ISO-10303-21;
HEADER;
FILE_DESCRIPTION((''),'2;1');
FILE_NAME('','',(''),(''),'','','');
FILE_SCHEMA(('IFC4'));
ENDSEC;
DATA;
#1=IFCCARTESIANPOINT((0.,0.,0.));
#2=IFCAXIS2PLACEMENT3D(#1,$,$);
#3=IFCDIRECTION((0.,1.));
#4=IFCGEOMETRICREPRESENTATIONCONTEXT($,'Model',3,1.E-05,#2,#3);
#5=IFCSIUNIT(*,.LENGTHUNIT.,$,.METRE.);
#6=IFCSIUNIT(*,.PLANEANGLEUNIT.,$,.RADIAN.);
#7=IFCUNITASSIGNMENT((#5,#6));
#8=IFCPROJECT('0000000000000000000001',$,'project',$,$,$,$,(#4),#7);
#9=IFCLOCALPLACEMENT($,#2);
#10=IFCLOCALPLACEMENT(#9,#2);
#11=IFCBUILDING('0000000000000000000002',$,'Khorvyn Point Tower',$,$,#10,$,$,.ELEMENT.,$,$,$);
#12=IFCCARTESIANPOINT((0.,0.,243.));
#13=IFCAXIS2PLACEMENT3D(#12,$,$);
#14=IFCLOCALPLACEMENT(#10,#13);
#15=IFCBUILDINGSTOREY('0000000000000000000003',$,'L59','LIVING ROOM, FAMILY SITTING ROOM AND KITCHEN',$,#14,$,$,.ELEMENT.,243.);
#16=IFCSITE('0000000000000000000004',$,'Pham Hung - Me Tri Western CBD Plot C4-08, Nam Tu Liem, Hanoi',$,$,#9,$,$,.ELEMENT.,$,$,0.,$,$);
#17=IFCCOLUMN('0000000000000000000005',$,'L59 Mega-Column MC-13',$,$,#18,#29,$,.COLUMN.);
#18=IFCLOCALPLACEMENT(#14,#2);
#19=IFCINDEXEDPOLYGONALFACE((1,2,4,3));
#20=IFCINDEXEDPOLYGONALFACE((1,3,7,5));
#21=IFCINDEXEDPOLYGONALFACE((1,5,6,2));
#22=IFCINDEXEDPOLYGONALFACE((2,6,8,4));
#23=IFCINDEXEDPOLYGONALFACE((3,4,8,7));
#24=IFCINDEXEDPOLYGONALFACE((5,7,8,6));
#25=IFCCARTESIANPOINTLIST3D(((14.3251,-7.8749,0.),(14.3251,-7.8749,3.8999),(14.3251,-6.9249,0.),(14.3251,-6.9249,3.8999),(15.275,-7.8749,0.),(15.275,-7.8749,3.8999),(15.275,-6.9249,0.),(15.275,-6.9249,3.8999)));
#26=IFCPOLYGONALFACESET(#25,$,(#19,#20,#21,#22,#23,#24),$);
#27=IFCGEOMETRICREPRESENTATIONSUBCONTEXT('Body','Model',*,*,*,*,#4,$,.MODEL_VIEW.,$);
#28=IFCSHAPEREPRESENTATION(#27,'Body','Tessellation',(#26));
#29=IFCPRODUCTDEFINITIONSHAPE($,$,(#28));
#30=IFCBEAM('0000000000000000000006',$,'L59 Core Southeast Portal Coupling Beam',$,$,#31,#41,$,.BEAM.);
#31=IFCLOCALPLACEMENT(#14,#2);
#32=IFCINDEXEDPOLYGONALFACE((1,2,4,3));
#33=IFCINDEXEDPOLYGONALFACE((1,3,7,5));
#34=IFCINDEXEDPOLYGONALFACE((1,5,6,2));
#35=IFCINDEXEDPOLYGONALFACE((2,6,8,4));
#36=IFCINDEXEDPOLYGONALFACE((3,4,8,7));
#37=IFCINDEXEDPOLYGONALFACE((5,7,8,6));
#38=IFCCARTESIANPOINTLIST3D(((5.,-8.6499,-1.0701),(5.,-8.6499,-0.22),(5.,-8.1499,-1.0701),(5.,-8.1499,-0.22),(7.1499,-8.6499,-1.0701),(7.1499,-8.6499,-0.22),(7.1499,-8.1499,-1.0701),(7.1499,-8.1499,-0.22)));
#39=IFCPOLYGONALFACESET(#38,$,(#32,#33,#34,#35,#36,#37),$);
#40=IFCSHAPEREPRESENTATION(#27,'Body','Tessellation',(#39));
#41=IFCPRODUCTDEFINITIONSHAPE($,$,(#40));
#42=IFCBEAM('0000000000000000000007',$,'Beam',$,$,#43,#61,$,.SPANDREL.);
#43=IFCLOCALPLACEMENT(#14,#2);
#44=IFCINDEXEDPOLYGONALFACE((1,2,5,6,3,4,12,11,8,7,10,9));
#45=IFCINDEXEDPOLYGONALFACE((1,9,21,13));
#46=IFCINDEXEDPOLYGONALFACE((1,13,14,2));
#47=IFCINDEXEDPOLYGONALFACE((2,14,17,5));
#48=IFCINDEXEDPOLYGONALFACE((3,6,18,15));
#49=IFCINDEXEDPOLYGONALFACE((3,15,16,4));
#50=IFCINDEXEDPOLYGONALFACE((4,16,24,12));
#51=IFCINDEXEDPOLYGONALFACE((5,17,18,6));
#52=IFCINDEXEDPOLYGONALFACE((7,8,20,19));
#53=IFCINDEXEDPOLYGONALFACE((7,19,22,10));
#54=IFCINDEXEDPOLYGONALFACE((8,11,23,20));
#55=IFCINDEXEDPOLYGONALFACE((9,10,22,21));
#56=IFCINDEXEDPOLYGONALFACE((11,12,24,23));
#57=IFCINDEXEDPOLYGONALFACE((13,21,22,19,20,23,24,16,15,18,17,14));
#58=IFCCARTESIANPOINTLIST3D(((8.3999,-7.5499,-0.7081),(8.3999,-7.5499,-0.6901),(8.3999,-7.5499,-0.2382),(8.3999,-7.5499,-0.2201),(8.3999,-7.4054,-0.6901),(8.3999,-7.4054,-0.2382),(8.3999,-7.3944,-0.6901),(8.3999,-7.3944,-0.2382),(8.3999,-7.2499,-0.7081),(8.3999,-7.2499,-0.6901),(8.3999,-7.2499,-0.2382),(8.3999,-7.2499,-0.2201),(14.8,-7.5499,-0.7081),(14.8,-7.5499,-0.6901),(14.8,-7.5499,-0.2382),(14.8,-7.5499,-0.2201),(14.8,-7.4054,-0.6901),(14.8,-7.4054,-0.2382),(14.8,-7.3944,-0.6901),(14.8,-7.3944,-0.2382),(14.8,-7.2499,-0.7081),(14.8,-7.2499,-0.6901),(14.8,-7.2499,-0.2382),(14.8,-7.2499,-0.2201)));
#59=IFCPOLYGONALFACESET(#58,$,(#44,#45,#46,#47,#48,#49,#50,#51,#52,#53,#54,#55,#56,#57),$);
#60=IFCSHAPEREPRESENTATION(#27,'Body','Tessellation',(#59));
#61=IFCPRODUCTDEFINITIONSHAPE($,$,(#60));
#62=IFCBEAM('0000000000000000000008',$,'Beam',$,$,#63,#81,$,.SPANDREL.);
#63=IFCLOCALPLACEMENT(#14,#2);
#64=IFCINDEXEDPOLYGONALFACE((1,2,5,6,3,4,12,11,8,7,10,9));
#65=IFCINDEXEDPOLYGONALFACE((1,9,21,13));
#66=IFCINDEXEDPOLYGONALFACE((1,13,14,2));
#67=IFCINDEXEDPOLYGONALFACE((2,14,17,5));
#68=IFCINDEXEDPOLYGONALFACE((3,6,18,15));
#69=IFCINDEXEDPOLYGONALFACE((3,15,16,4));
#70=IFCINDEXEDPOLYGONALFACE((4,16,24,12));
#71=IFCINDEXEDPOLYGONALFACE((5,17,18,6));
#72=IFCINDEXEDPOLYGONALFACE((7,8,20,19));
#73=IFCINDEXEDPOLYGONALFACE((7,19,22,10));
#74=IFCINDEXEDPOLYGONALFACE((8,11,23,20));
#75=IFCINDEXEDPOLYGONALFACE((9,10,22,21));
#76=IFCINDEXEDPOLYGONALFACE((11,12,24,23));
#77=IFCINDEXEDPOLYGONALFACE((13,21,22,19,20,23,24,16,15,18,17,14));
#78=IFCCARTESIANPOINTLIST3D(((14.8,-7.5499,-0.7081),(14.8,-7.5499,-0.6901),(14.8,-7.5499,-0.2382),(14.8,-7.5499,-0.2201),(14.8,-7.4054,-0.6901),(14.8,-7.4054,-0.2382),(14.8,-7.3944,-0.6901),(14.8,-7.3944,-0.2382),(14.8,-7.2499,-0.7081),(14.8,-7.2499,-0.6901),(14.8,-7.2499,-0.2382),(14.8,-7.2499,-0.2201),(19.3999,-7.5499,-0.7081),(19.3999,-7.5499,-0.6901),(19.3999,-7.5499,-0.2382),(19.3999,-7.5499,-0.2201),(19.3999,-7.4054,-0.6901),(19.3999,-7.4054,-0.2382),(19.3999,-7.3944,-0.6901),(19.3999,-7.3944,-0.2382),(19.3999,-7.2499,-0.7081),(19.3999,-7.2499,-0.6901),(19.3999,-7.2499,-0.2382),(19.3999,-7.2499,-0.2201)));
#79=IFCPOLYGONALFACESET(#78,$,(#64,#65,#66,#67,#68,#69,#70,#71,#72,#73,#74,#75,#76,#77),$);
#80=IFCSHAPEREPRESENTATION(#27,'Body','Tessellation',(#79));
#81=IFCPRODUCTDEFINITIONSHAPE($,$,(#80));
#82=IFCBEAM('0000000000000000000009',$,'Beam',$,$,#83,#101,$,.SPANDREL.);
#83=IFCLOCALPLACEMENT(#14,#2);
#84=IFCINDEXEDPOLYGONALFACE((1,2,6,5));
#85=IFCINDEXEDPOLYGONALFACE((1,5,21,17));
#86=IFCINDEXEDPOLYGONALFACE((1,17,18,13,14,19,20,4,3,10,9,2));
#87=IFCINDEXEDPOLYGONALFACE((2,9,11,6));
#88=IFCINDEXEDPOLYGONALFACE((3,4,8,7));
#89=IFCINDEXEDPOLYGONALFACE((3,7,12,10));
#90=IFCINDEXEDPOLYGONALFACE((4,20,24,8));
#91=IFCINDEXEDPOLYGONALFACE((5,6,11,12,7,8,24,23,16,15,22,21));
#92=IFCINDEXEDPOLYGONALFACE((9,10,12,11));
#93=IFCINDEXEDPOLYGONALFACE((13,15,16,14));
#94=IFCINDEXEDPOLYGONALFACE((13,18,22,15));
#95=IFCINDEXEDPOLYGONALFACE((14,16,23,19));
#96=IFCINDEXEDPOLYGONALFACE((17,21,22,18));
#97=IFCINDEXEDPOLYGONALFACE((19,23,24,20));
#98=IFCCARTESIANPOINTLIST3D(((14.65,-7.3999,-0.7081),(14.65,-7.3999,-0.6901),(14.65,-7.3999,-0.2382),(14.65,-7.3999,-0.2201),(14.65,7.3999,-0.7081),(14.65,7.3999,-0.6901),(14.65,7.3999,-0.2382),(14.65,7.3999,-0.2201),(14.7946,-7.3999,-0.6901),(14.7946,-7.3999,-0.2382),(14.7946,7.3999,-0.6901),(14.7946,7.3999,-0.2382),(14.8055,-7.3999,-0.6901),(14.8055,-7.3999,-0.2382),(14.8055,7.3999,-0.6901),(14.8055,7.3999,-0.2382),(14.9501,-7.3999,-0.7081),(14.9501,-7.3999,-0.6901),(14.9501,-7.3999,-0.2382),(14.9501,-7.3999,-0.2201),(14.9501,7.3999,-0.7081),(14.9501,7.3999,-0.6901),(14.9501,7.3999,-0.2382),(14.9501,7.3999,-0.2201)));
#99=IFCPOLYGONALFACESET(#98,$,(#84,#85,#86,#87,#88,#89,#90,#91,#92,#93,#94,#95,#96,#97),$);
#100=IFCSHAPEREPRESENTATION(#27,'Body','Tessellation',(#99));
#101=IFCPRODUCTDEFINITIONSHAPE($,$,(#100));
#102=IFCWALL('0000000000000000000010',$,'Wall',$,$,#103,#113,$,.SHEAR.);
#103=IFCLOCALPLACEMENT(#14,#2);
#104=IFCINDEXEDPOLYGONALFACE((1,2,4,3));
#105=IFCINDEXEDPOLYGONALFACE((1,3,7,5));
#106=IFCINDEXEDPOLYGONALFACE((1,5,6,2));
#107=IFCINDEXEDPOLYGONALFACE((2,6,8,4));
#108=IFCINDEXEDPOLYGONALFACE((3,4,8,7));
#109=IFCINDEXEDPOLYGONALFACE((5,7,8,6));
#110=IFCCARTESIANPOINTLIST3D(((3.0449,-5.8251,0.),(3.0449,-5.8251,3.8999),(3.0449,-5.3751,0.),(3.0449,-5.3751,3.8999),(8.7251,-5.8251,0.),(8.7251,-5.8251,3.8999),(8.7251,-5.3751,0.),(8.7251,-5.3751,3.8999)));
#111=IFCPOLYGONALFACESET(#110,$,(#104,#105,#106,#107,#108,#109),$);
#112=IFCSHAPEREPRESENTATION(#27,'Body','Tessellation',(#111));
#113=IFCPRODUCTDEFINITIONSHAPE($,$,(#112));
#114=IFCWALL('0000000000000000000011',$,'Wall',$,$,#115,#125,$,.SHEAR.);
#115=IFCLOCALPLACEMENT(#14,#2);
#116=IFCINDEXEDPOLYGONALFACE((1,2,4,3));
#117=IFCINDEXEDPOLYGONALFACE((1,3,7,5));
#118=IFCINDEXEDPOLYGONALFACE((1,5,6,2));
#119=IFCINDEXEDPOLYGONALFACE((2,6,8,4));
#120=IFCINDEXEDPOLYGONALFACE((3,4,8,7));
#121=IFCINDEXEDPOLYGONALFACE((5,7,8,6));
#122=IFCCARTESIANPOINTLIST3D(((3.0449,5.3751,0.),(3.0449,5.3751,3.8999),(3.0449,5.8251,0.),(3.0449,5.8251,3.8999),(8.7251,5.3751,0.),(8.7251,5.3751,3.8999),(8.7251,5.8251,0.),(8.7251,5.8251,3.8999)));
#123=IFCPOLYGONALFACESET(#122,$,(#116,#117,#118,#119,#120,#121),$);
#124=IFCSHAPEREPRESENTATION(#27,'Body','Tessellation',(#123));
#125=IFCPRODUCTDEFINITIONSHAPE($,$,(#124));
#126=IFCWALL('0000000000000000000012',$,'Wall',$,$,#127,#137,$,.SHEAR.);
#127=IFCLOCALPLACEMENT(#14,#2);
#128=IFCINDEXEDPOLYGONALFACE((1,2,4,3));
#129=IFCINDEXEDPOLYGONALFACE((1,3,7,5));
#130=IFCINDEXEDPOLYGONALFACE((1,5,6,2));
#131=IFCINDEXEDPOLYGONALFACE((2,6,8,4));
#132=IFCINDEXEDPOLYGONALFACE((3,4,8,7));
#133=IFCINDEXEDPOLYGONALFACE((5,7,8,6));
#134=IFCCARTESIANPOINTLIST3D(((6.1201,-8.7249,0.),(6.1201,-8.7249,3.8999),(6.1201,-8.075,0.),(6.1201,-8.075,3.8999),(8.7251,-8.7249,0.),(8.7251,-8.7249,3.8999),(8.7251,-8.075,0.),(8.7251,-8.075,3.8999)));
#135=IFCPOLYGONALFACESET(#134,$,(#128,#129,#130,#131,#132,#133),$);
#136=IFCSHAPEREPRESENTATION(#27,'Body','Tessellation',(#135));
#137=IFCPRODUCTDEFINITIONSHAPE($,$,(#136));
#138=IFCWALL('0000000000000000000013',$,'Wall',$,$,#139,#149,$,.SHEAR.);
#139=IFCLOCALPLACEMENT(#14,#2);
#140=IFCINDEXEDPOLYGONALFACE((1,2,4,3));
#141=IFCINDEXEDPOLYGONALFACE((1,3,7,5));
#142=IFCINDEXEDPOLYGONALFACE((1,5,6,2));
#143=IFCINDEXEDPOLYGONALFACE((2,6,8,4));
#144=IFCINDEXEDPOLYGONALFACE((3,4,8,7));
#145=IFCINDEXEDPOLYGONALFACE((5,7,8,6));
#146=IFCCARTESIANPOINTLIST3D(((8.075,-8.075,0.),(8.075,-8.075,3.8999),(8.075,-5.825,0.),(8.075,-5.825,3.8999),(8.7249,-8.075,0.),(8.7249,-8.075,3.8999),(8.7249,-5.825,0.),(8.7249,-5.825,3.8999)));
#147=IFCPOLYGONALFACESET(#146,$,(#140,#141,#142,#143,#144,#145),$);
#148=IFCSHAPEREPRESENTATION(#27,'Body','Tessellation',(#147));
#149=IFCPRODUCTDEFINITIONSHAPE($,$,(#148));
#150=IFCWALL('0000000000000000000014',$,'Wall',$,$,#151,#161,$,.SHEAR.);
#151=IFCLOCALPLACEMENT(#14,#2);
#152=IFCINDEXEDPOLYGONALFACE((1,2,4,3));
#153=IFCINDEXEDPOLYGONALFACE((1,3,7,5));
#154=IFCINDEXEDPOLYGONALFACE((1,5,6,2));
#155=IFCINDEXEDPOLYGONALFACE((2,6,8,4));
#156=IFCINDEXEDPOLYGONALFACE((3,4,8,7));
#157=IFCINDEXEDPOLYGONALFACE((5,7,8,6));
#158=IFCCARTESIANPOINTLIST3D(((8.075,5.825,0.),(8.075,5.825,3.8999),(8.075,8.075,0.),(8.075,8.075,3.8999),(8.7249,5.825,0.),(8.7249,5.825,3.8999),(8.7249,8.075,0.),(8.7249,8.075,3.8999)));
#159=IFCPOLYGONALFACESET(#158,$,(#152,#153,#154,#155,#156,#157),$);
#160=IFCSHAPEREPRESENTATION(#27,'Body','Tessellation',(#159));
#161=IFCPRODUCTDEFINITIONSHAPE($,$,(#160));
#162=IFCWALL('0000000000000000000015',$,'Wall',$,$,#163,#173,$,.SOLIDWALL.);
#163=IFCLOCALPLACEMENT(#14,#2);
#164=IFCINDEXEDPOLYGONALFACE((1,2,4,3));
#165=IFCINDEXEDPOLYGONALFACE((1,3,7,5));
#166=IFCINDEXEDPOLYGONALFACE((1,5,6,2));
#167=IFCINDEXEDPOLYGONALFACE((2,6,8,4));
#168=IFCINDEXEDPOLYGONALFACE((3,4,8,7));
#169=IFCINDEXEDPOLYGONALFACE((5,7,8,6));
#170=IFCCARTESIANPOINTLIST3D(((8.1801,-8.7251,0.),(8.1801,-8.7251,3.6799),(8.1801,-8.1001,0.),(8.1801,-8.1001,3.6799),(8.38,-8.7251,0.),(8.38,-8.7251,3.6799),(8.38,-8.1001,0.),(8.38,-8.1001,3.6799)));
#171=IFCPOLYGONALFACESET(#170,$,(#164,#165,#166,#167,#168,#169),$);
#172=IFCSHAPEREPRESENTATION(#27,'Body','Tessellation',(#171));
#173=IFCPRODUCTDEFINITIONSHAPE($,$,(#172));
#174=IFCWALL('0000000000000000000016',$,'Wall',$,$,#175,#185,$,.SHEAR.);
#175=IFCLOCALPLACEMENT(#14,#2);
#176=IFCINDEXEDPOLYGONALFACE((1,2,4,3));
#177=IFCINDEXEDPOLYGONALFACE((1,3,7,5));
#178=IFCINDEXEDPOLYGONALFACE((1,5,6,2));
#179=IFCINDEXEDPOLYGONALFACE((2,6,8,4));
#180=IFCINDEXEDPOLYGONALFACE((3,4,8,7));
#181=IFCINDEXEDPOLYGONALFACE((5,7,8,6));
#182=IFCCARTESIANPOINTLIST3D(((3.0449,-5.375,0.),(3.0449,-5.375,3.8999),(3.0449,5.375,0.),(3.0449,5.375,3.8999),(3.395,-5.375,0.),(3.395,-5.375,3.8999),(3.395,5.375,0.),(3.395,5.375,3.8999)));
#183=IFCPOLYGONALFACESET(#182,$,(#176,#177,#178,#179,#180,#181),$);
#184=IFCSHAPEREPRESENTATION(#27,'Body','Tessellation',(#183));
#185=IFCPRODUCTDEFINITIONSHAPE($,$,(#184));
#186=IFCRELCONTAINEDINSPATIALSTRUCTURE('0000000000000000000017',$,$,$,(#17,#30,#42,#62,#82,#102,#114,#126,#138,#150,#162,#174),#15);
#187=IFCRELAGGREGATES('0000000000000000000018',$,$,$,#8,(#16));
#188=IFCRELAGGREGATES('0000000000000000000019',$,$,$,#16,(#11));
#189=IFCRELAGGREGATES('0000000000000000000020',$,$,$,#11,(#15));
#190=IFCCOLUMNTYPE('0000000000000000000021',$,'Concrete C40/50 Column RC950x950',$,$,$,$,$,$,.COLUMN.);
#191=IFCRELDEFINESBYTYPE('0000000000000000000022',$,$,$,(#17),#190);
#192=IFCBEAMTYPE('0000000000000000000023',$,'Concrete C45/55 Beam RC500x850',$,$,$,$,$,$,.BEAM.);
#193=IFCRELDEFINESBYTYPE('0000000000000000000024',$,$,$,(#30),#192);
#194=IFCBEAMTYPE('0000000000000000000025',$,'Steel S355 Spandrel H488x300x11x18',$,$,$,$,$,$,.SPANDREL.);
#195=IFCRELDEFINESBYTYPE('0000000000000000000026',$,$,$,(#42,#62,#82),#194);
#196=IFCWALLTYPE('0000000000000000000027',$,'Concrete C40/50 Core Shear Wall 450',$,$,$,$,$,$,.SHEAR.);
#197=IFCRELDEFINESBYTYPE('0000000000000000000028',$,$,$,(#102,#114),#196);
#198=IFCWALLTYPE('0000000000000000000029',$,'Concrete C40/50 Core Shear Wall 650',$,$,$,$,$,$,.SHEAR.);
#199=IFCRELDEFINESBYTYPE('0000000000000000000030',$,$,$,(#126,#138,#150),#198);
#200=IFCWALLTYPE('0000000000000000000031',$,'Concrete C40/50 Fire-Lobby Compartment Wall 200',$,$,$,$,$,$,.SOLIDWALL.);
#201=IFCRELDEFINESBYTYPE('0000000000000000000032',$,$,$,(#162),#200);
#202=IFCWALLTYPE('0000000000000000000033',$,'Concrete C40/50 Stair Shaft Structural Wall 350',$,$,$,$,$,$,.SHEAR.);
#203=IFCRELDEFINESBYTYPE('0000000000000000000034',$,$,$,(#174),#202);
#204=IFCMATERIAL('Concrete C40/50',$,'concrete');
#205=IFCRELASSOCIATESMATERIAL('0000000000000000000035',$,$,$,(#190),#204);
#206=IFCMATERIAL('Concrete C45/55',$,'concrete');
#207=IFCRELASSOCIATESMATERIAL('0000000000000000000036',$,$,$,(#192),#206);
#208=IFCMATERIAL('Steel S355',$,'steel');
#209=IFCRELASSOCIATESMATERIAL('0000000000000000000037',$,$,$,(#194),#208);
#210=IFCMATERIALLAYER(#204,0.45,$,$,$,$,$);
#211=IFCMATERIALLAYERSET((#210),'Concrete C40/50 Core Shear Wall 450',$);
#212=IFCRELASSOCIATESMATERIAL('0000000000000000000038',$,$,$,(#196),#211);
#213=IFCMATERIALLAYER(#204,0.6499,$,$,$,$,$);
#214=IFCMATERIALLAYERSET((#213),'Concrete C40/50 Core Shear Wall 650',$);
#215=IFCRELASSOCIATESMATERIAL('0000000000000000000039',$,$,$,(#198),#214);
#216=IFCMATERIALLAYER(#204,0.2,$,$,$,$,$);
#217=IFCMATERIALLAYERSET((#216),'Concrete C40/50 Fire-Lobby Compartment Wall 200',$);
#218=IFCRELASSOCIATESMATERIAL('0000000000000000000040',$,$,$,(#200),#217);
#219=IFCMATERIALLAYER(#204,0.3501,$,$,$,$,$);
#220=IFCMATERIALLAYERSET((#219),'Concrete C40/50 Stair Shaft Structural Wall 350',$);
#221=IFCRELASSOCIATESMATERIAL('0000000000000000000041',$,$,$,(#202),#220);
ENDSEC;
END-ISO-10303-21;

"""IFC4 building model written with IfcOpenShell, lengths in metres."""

from ifc_helpers import new_model, si_unit, direction, frame, frame_2d, origin, origin_2d, place, context, subcontext, project, spatial, rectangle, i_section, extrude, material, layer, layer_set, material_profile, profile_set, type_object, element, save


model = new_model("IFC4")

# Units and contexts
model_context = context("Model", 3, precision=1e-05, world=origin(), true_north=direction((0.0, 1.0)))
body_context = subcontext(model_context, "Body", "Model", "MODEL_VIEW")
ifc_project = project(units=[si_unit("LENGTHUNIT", "METRE"), si_unit("PLANEANGLEUNIT", "RADIAN")], contexts=[model_context])

# Site, building, storey
site_placement = place(None, origin())
site = spatial("IfcSite", under=ifc_project, at=site_placement, Name="Pham Hung - Me Tri Western CBD Plot C4-08, Nam Tu Liem, Hanoi", CompositionType="ELEMENT", RefElevation=0.0)
building_placement = place(site_placement, origin())
building = spatial("IfcBuilding", under=site, at=building_placement, Name="Khorvyn Point Tower", CompositionType="ELEMENT")
storey_placement = place(building_placement, frame((0.0, 0.0, 243.0)))
storey = spatial("IfcBuildingStorey", under=building, at=storey_placement, Name="L59", Description="LIVING ROOM, FAMILY SITTING ROOM AND KITCHEN", CompositionType="ELEMENT", Elevation=243.0)

# Column
ifc_material_1 = material(Name="Concrete C40/50", Category="concrete")
ifc_material_profile_1 = material_profile(ifc_material_1, rectangle(XDim=0.95, YDim=0.95, at=origin_2d()))
ifc_profile_set_1 = profile_set([ifc_material_profile_1], Name="Concrete C40/50 RC950x950")
column_type = type_object("IfcColumnType", Name="Concrete C40/50 Column RC950x950", PredefinedType="COLUMN", material=ifc_profile_set_1)
column_placement = place(storey_placement, frame((14.8, -7.3999, 0.0), z_axis=(0.0, 0.0, 1.0), x_axis=(1.0, 0.0, 0.0)))
element("IfcColumn", 1, at=column_placement, inside=storey, type_object=column_type, Name="L59 Mega-Column MC-13", PredefinedType="COLUMN", context=body_context, shape_type="SweptSolid", body=[
    extrude(rectangle(XDim=0.95, YDim=0.95, at=origin_2d()), origin(), (0.0, 0.0, 1.0), 3.8999),
])

# Beams
ifc_material_2 = material(Name="Concrete C45/55", Category="concrete")
ifc_material_profile_2 = material_profile(ifc_material_2, rectangle(XDim=0.5, YDim=0.8501, at=origin_2d()))
ifc_profile_set_2 = profile_set([ifc_material_profile_2], Name="Concrete C45/55 RC500x850")
beam_type_1 = type_object("IfcBeamType", Name="Concrete C45/55 Beam RC500x850", PredefinedType="BEAM", material=ifc_profile_set_2)
beam_1_placement = place(storey_placement, frame((5.0, -8.3999, -0.645), z_axis=(1.0, 0.0, 0.0), x_axis=(0.0, 1.0, 0.0)))
element("IfcBeam", 2, at=beam_1_placement, inside=storey, type_object=beam_type_1, Name="L59 Core Southeast Portal Coupling Beam", PredefinedType="BEAM", context=body_context, shape_type="SweptSolid", body=[
    extrude(rectangle(XDim=0.5, YDim=0.8501, at=origin_2d()), origin(), (0.0, 0.0, 1.0), 2.1499),
])
ifc_material_3 = material(Name="Steel S355", Category="steel")
ifc_material_profile_3 = material_profile(ifc_material_3, i_section(OverallWidth=0.3, OverallDepth=0.488, WebThickness=0.011, FlangeThickness=0.0181, at=origin_2d()))
ifc_profile_set_3 = profile_set([ifc_material_profile_3], Name="Steel S355 H488x300x11x18")
beam_type_2 = type_object("IfcBeamType", Name="Steel S355 Spandrel H488x300x11x18", PredefinedType="SPANDREL", material=ifc_profile_set_3)
beam_2_placement = place(storey_placement, frame((8.3999, -7.3999, -0.4641), z_axis=(1.0, 0.0, 0.0), x_axis=(0.0, 1.0, 0.0)))
element("IfcBeam", 3, at=beam_2_placement, inside=storey, type_object=beam_type_2, Name="Beam", PredefinedType="SPANDREL", context=body_context, shape_type="SweptSolid", body=[
    extrude(i_section(OverallWidth=0.3, OverallDepth=0.488, WebThickness=0.011, FlangeThickness=0.0181, at=origin_2d()), origin(), (0.0, 0.0, 1.0), 6.4001),
])
beam_3_placement = place(storey_placement, frame((14.8, -7.3999, -0.4641), z_axis=(1.0, 0.0, 0.0), x_axis=(0.0, 1.0, 0.0)))
element("IfcBeam", 4, at=beam_3_placement, inside=storey, type_object=beam_type_2, Name="Beam", PredefinedType="SPANDREL", context=body_context, shape_type="SweptSolid", body=[
    extrude(i_section(OverallWidth=0.3, OverallDepth=0.488, WebThickness=0.011, FlangeThickness=0.0181, at=origin_2d()), origin(), (0.0, 0.0, 1.0), 4.5999),
])
beam_4_placement = place(storey_placement, frame((14.8, -7.3999, -0.4641), z_axis=(0.0, 1.0, 0.0), x_axis=(-1.0, 0.0, 0.0)))
element("IfcBeam", 5, at=beam_4_placement, inside=storey, type_object=beam_type_2, Name="Beam", PredefinedType="SPANDREL", context=body_context, shape_type="SweptSolid", body=[
    extrude(i_section(OverallWidth=0.3, OverallDepth=0.488, WebThickness=0.011, FlangeThickness=0.0181, at=origin_2d()), origin(), (0.0, 0.0, 1.0), 14.7998),
])

# Walls
ifc_layer_1 = layer(ifc_material_1, 0.45)
ifc_layer_set_1 = layer_set([ifc_layer_1], Name="Concrete C40/50 Core Shear Wall 450")
wall_type_1 = type_object("IfcWallType", Name="Concrete C40/50 Core Shear Wall 450", PredefinedType="SHEAR", material=ifc_layer_set_1)
for number, where, z_axis, x_axis, name in (
    (6, (3.0449, -5.6001, 0.0), (0.0, 0.0, 1.0), (1.0, 0.0, 0.0), "Wall"),
    (7, (3.0449, 5.6001, 0.0), (0.0, 0.0, 1.0), (1.0, 0.0, 0.0), "Wall"),
):
    element("IfcWall", number, at=place(storey_placement, frame(where, z_axis=z_axis, x_axis=x_axis)), inside=storey, type_object=wall_type_1, Name=name, PredefinedType="SHEAR", context=body_context, shape_type="SweptSolid", body=[
        extrude(rectangle(XDim=5.6802, YDim=0.45, at=frame_2d((2.8401, 0.0))), origin(), (0.0, 0.0, 1.0), 3.8999),
    ])
ifc_layer_2 = layer(ifc_material_1, 0.6499)
ifc_layer_set_2 = layer_set([ifc_layer_2], Name="Concrete C40/50 Core Shear Wall 650")
wall_type_2 = type_object("IfcWallType", Name="Concrete C40/50 Core Shear Wall 650", PredefinedType="SHEAR", material=ifc_layer_set_2)
wall_1_placement = place(storey_placement, frame((6.1201, -8.3999, 0.0), z_axis=(0.0, 0.0, 1.0), x_axis=(1.0, 0.0, 0.0)))
element("IfcWall", 8, at=wall_1_placement, inside=storey, type_object=wall_type_2, Name="Wall", PredefinedType="SHEAR", context=body_context, shape_type="SweptSolid", body=[
    extrude(rectangle(XDim=2.605, YDim=0.6499, at=frame_2d((1.3025, 0.0))), origin(), (0.0, 0.0, 1.0), 3.8999),
])
for number, where, z_axis, x_axis, name in (
    (9, (8.3999, -8.075, 0.0), (0.0, 0.0, 1.0), (0.0, 1.0, 0.0), "Wall"),
    (10, (8.3999, 5.825, 0.0), (0.0, 0.0, 1.0), (0.0, 1.0, 0.0), "Wall"),
):
    element("IfcWall", number, at=place(storey_placement, frame(where, z_axis=z_axis, x_axis=x_axis)), inside=storey, type_object=wall_type_2, Name=name, PredefinedType="SHEAR", context=body_context, shape_type="SweptSolid", body=[
        extrude(rectangle(XDim=2.25, YDim=0.6499, at=frame_2d((1.125, 0.0))), origin(), (0.0, 0.0, 1.0), 3.8999),
    ])

# Shared definitions
ifc_layer_3 = layer(ifc_material_1, 0.2)
ifc_layer_set_3 = layer_set([ifc_layer_3], Name="Concrete C40/50 Fire-Lobby Compartment Wall 200")
wall_type_3 = type_object("IfcWallType", Name="Concrete C40/50 Fire-Lobby Compartment Wall 200", PredefinedType="SOLIDWALL", material=ifc_layer_set_3)

# Walls
wall_2_placement = place(storey_placement, frame((8.28, -8.7251, 0.0), z_axis=(0.0, 0.0, 1.0), x_axis=(0.0, 1.0, 0.0)))
element("IfcWall", 11, at=wall_2_placement, inside=storey, type_object=wall_type_3, Name="Wall", PredefinedType="SOLIDWALL", context=body_context, shape_type="SweptSolid", body=[
    extrude(rectangle(XDim=0.625, YDim=0.2, at=frame_2d((0.3125, 0.0))), origin(), (0.0, 0.0, 1.0), 3.6799),
])
ifc_layer_4 = layer(ifc_material_1, 0.3501)
ifc_layer_set_4 = layer_set([ifc_layer_4], Name="Concrete C40/50 Stair Shaft Structural Wall 350")
wall_type_4 = type_object("IfcWallType", Name="Concrete C40/50 Stair Shaft Structural Wall 350", PredefinedType="SHEAR", material=ifc_layer_set_4)
wall_3_placement = place(storey_placement, frame((3.22, -5.375, 0.0), z_axis=(0.0, 0.0, 1.0), x_axis=(0.0, 1.0, 0.0)))
element("IfcWall", 12, at=wall_3_placement, inside=storey, type_object=wall_type_4, Name="Wall", PredefinedType="SHEAR", context=body_context, shape_type="SweptSolid", body=[
    extrude(rectangle(XDim=10.75, YDim=0.3501, at=frame_2d((5.375, 0.0))), origin(), (0.0, 0.0, 1.0), 3.8999),
])

save(model, "model.ifc")
